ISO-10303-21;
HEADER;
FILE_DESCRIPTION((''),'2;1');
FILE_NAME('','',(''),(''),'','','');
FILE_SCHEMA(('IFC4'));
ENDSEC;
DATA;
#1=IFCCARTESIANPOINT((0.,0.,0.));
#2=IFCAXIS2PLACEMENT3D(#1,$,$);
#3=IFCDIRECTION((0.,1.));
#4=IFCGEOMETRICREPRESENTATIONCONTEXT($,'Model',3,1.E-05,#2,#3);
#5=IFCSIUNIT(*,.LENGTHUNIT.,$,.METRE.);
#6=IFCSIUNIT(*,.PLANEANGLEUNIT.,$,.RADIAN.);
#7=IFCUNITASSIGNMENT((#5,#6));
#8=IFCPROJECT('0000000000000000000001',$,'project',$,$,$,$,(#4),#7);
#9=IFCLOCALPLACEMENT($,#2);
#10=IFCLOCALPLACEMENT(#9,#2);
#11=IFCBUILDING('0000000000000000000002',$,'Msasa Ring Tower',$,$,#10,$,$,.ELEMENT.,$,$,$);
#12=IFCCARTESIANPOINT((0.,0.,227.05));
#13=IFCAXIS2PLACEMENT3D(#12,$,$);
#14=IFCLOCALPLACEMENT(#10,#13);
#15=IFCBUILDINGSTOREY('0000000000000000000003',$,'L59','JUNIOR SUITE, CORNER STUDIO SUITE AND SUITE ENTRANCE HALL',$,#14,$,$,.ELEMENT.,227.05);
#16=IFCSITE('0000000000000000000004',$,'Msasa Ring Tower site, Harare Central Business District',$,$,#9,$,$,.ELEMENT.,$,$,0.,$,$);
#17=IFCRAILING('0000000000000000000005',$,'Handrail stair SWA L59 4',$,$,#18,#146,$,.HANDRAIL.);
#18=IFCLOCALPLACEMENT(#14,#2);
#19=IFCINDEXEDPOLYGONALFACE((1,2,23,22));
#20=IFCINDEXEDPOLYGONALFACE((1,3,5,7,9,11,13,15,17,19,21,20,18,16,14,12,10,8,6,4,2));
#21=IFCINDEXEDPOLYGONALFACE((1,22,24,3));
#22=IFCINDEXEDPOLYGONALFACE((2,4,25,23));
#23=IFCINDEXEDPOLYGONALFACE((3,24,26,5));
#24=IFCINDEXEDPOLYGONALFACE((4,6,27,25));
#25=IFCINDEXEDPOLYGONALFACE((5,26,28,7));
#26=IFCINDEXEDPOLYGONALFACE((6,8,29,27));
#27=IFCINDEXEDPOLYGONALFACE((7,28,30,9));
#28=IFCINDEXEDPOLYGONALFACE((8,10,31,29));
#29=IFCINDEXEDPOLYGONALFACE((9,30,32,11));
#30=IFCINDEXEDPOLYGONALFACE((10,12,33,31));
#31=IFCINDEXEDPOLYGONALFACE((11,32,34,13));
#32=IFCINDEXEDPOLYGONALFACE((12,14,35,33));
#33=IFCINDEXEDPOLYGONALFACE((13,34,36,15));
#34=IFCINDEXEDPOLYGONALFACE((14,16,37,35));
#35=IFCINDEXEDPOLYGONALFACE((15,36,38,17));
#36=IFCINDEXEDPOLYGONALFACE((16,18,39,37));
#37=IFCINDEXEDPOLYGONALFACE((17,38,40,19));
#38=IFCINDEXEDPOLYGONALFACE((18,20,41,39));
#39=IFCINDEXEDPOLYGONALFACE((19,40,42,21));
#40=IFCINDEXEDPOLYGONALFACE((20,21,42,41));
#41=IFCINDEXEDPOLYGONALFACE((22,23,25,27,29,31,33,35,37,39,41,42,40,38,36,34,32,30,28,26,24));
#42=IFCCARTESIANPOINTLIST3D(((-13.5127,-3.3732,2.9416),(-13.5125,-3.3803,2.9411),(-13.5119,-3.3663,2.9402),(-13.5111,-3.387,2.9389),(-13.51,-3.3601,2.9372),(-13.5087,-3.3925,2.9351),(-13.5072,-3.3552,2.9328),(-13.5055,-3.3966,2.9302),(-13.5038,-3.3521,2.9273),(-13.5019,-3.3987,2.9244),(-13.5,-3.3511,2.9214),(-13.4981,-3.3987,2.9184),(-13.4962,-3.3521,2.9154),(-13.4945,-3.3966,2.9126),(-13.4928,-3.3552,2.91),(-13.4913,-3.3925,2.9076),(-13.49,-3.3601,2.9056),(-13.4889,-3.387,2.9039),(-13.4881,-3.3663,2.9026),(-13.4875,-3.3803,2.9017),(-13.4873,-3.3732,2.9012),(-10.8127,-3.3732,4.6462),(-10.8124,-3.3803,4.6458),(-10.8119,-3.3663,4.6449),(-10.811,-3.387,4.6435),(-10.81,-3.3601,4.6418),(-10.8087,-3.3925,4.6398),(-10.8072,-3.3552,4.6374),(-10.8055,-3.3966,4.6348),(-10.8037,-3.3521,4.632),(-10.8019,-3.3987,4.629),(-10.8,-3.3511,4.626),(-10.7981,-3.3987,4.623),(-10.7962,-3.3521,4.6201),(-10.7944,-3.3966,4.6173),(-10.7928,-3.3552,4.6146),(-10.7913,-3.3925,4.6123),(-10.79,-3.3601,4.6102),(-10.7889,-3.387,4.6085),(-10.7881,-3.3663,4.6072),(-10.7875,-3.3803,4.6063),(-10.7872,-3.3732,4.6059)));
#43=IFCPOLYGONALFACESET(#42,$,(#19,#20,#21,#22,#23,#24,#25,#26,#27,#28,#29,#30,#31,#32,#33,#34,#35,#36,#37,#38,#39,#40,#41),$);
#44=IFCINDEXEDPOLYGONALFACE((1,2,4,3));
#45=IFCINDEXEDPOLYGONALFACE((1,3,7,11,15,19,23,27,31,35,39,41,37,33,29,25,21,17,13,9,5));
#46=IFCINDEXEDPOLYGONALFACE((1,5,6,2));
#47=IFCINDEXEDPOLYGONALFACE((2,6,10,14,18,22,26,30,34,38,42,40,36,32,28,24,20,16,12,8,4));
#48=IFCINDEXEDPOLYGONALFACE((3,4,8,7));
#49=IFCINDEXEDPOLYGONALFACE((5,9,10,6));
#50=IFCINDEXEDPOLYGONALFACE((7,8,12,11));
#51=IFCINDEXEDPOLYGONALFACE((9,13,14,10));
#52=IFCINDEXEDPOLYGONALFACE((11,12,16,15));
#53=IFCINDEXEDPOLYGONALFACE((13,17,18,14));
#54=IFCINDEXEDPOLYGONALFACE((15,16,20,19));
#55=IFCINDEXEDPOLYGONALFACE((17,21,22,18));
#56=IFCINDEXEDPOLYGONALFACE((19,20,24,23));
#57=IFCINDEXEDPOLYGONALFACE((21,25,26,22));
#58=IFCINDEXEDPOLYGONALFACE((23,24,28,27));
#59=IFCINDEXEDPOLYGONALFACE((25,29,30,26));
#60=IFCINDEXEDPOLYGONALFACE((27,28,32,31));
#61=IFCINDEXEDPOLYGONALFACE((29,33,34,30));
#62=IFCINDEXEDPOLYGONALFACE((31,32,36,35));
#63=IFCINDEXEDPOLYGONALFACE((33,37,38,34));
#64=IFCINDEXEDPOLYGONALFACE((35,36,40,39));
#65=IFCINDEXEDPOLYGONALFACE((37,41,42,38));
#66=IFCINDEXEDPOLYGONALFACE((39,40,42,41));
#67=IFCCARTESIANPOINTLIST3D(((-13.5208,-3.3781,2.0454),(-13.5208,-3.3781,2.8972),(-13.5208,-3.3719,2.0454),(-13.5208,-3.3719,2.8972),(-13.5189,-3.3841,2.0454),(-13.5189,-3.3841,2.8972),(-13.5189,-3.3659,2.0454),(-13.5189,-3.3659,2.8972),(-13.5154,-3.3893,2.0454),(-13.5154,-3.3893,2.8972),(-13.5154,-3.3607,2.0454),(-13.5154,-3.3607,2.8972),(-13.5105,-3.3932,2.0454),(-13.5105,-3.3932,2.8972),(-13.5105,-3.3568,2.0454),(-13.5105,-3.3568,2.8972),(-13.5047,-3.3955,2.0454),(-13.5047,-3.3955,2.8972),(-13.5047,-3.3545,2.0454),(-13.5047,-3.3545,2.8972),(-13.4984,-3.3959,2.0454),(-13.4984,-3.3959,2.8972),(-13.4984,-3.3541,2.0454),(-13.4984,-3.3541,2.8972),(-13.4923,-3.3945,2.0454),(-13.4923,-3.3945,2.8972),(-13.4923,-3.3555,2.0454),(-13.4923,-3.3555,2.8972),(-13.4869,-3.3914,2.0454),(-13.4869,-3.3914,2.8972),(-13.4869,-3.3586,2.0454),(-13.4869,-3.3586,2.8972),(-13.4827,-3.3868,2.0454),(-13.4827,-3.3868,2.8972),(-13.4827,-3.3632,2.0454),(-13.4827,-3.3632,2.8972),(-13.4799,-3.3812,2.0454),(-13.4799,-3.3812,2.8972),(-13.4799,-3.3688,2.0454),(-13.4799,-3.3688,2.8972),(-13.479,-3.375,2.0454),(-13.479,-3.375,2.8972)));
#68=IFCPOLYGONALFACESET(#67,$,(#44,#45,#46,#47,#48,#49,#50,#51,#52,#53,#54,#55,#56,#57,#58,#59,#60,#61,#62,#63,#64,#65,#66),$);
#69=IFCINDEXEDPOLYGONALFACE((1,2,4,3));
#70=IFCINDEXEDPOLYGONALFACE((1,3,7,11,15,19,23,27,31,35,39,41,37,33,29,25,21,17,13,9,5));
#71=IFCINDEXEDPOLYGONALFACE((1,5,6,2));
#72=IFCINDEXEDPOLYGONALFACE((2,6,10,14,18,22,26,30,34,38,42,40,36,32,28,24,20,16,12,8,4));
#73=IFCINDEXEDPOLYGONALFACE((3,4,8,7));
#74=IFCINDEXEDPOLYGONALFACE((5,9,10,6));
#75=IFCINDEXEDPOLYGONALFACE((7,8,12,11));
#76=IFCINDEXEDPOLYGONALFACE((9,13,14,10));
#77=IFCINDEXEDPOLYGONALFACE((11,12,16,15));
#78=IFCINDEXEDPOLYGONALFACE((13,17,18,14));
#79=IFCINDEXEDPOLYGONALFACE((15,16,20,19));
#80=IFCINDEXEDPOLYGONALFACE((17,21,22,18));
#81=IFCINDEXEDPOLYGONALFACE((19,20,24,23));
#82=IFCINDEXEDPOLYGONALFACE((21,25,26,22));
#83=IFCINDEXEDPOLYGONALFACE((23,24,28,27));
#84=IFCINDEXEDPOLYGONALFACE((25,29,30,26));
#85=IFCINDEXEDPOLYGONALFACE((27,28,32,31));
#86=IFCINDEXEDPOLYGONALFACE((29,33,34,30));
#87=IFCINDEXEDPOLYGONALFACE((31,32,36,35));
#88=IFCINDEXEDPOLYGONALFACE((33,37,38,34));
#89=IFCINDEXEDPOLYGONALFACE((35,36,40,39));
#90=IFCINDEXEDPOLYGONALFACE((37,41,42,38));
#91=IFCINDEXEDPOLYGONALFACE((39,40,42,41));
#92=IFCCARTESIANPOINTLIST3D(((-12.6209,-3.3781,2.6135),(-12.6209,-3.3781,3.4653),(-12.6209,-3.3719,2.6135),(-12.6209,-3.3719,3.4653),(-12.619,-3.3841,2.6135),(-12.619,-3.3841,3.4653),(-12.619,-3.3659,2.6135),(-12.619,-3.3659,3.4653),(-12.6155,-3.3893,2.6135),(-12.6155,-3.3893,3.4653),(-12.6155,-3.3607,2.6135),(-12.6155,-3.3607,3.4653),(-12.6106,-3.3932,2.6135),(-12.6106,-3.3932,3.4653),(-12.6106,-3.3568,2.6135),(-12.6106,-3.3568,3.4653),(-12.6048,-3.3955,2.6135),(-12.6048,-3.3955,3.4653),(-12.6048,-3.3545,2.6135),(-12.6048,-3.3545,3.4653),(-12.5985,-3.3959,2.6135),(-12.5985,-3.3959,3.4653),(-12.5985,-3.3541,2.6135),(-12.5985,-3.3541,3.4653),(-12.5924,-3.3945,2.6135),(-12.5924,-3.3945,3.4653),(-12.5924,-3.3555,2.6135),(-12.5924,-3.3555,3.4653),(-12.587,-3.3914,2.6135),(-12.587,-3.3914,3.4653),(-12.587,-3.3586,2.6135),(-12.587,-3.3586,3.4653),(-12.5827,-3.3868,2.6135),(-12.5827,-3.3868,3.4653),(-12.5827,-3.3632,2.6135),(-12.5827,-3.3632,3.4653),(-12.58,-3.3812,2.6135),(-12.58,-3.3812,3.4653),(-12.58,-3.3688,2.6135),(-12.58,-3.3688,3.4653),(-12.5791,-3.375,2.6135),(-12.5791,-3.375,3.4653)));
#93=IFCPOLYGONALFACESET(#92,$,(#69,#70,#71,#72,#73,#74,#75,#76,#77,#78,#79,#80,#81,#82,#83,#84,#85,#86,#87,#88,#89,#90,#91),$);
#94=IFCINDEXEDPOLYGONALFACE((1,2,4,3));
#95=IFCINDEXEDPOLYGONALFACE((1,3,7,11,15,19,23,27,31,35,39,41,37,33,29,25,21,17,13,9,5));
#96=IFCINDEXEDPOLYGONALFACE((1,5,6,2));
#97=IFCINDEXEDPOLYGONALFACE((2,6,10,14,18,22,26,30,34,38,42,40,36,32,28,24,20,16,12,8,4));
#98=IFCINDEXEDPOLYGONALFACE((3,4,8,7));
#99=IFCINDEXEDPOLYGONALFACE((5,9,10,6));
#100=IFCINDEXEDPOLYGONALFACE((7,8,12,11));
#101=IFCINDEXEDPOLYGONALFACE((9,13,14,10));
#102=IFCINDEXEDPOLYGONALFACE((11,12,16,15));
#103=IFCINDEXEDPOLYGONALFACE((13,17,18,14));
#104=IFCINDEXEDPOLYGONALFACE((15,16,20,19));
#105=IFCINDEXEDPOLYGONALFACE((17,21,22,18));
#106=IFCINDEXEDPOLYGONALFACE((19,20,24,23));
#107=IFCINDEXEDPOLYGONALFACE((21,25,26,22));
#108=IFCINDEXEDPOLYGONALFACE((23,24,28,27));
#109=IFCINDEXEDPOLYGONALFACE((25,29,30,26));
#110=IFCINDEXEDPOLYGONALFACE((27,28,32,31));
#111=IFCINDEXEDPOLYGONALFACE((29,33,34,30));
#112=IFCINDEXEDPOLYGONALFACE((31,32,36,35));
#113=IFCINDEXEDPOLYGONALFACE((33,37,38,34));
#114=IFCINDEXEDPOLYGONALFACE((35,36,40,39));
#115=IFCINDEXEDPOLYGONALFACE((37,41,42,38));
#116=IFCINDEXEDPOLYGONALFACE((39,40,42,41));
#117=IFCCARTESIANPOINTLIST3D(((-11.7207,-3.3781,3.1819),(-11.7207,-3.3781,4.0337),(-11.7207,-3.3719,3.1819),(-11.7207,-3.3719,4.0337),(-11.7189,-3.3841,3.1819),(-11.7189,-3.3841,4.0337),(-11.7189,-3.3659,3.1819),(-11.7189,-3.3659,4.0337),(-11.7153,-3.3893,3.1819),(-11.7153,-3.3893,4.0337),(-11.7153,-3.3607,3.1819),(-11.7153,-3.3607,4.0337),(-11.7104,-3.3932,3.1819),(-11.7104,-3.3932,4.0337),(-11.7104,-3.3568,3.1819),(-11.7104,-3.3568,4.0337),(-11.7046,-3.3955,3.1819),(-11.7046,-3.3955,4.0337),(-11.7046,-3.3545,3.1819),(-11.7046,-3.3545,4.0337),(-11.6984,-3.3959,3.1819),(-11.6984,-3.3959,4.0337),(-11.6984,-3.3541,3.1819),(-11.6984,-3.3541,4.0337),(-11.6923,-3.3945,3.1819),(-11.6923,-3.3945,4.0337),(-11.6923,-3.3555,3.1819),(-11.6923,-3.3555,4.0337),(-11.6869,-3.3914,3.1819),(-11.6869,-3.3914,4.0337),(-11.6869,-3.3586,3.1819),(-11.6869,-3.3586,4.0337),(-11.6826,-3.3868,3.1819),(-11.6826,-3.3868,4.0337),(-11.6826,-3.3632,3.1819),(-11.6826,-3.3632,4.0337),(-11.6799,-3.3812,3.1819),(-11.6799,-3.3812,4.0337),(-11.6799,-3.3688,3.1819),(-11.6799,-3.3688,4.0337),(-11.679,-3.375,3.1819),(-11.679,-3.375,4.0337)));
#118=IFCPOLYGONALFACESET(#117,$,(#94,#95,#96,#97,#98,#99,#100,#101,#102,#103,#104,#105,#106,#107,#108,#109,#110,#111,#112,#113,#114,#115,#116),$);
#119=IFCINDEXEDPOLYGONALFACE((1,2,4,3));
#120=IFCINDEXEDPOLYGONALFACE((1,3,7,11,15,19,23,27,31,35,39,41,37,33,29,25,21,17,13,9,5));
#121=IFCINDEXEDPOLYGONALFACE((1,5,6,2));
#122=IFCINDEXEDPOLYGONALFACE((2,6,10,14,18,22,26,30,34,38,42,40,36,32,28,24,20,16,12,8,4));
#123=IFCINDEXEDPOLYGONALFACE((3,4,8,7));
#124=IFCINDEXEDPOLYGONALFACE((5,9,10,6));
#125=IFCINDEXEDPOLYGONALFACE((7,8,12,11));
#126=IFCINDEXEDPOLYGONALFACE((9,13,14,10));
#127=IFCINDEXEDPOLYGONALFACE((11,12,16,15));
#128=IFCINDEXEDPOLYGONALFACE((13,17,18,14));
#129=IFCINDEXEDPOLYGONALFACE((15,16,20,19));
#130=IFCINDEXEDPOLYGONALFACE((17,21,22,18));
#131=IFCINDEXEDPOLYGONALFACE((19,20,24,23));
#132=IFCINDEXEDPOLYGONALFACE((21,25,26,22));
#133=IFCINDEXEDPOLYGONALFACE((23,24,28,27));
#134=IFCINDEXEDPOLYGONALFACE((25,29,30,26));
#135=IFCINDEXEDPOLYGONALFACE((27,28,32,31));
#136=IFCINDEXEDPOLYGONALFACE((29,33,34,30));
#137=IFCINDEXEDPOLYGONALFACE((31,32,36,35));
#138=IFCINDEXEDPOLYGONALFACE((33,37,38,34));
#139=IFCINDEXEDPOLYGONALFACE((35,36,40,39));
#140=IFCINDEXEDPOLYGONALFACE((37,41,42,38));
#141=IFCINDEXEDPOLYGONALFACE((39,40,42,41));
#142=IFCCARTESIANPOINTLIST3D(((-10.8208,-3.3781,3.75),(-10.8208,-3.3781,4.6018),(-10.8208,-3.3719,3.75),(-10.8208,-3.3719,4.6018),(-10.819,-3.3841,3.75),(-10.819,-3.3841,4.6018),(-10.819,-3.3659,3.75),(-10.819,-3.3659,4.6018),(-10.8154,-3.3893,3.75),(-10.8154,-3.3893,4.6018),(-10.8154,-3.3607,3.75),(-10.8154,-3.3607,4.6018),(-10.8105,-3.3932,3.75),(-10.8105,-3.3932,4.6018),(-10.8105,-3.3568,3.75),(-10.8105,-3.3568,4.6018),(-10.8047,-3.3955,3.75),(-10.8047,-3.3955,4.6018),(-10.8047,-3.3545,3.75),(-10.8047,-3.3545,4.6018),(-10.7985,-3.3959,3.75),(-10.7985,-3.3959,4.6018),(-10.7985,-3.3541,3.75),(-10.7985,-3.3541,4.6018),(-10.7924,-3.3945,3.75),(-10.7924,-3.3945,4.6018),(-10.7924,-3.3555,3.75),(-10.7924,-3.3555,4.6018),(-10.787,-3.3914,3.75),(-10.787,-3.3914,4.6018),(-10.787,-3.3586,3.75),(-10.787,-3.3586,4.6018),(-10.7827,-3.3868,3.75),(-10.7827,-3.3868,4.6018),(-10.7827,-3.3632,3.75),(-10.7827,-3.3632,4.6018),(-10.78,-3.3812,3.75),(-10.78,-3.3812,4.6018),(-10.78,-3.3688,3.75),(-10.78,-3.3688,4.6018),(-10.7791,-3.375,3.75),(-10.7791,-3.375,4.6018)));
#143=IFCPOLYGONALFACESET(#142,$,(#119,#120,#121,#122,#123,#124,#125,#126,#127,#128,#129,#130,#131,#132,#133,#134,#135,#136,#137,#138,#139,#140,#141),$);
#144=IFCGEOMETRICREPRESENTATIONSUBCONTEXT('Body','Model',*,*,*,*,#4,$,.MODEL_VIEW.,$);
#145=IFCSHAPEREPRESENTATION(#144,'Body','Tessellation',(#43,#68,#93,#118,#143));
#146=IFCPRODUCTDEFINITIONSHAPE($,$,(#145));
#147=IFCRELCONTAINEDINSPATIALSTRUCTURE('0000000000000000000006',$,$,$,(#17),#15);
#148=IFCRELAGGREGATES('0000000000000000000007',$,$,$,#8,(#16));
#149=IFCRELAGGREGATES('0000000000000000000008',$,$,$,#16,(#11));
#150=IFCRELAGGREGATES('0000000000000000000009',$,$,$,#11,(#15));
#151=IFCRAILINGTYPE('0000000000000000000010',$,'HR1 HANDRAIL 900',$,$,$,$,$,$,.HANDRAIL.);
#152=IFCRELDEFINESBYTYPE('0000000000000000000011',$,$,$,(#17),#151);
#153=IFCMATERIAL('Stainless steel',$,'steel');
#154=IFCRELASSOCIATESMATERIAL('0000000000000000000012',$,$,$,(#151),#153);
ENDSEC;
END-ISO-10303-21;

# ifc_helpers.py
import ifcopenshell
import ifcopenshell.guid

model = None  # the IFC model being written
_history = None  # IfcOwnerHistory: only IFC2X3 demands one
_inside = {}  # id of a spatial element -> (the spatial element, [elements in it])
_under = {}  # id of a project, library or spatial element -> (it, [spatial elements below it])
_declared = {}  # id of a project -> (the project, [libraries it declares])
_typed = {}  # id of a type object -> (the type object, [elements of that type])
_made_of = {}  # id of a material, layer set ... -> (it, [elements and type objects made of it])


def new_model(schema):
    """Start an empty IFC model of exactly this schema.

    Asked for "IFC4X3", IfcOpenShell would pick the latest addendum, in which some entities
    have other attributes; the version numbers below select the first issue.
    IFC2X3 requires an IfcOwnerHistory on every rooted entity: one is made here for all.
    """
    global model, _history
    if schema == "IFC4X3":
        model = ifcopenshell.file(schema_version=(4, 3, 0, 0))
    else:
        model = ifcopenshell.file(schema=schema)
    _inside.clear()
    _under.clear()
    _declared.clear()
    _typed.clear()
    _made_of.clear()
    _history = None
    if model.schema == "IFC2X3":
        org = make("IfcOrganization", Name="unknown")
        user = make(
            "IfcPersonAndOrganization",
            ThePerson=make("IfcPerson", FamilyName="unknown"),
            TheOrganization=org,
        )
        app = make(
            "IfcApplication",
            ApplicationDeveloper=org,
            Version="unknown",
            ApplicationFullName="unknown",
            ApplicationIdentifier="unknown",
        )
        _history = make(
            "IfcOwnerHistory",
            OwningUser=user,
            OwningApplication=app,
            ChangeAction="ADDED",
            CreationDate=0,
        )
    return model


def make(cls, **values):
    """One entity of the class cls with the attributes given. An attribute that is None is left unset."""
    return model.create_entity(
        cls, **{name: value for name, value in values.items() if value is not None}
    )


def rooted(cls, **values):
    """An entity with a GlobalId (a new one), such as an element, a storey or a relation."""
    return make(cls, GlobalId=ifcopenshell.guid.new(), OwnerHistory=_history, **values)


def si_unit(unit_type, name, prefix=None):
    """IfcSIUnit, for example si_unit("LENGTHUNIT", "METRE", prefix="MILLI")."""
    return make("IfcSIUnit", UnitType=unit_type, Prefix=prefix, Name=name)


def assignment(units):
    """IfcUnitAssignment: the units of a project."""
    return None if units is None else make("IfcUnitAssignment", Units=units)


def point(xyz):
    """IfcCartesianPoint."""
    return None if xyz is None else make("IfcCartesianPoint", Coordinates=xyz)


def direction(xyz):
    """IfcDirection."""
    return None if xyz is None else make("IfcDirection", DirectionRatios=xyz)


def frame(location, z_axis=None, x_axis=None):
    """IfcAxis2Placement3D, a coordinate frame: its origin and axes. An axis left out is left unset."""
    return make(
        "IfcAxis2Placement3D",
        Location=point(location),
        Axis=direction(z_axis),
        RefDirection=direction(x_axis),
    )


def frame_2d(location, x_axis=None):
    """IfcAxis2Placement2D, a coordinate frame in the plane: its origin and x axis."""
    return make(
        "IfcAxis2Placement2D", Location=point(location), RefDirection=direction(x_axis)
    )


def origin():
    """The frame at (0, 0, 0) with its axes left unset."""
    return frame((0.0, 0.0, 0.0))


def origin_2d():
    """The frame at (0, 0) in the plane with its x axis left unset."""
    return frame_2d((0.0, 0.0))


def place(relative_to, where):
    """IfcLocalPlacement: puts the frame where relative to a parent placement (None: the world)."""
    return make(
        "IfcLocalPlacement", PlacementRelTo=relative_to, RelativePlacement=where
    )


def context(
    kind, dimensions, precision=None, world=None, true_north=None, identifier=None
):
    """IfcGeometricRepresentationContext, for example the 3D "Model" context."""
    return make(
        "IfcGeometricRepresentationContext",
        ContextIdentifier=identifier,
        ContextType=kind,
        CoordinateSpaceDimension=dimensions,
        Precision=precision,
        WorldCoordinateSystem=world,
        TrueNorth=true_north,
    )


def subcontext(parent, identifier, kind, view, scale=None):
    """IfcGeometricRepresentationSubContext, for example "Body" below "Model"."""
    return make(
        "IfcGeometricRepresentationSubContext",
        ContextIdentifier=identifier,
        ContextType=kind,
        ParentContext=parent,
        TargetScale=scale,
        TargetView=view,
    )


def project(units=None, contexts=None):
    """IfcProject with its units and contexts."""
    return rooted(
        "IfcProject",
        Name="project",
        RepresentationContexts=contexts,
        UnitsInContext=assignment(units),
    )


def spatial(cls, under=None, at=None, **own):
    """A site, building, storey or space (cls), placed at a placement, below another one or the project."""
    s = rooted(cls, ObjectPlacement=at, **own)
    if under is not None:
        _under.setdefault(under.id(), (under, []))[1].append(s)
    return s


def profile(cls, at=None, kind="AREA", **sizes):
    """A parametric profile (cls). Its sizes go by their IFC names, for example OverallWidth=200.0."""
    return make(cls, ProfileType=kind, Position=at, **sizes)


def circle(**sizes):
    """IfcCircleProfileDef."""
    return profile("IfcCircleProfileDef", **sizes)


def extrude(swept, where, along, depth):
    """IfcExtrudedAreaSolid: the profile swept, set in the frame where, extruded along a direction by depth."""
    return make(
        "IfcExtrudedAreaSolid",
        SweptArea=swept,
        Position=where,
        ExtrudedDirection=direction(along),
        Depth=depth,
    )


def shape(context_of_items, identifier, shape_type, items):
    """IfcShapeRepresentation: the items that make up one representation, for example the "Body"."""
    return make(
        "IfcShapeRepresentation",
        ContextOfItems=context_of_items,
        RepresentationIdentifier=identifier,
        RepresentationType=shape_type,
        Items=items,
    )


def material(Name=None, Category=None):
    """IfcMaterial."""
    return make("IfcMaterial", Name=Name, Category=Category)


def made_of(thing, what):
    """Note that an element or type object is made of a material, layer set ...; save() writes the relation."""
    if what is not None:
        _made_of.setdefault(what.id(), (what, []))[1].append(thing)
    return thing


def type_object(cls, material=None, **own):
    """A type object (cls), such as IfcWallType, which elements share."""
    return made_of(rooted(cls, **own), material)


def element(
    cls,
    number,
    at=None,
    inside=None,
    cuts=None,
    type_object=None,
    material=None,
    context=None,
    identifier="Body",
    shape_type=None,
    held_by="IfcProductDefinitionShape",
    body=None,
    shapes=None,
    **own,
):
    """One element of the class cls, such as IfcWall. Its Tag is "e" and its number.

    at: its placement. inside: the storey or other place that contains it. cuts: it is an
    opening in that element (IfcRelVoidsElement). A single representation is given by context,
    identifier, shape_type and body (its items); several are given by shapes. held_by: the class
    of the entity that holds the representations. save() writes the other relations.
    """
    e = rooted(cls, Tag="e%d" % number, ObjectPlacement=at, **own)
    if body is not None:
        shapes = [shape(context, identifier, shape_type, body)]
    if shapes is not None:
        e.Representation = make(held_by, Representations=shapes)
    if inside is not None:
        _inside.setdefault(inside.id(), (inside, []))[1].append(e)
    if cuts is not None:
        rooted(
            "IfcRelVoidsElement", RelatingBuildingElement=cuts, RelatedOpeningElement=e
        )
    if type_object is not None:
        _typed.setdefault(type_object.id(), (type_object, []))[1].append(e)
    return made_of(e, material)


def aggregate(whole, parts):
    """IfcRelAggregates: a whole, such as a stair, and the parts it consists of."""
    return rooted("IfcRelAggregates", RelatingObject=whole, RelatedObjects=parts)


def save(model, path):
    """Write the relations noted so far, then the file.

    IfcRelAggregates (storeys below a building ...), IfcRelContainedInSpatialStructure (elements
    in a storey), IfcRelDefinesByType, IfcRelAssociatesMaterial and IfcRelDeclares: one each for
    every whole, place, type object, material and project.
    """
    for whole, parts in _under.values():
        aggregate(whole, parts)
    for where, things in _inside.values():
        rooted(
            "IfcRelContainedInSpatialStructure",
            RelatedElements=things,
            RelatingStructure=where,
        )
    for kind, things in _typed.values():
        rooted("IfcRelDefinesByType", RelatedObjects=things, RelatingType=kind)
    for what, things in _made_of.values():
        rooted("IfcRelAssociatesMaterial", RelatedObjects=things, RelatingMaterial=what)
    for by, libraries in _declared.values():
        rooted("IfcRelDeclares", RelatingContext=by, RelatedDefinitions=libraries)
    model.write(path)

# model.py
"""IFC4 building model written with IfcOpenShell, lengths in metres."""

from ifc_helpers import new_model, si_unit, direction, frame, origin, origin_2d, place, context, subcontext, project, spatial, circle, extrude, material, type_object, element, save


model = new_model("IFC4")

# Units and contexts
model_context = context("Model", 3, precision=1e-05, world=origin(), true_north=direction((0.0, 1.0)))
body_context = subcontext(model_context, "Body", "Model", "MODEL_VIEW")
ifc_project = project(units=[si_unit("LENGTHUNIT", "METRE"), si_unit("PLANEANGLEUNIT", "RADIAN")], contexts=[model_context])

# Site, building, storey
site_placement = place(None, origin())
site = spatial("IfcSite", under=ifc_project, at=site_placement, Name="Msasa Ring Tower site, Harare Central Business District", CompositionType="ELEMENT", RefElevation=0.0)
building_placement = place(site_placement, origin())
building = spatial("IfcBuilding", under=site, at=building_placement, Name="Msasa Ring Tower", CompositionType="ELEMENT")
storey_placement = place(building_placement, frame((0.0, 0.0, 227.05)))
storey = spatial("IfcBuildingStorey", under=building, at=storey_placement, Name="L59", Description="JUNIOR SUITE, CORNER STUDIO SUITE AND SUITE ENTRANCE HALL", CompositionType="ELEMENT", Elevation=227.05)

# Railing
ifc_material_1 = material(Name="Stainless steel", Category="steel")
railing_type = type_object("IfcRailingType", Name="HR1 HANDRAIL 900", PredefinedType="HANDRAIL", material=ifc_material_1)
for number, where, name in (
    (1, (-13.5, -3.375, 2.0454), "Handrail stair SWA L59 4"),
):
    element("IfcRailing", number, at=place(storey_placement, frame(where)), inside=storey, type_object=railing_type, Name=name, PredefinedType="HANDRAIL", context=body_context, shape_type="SweptSolid", body=[
        extrude(circle(Radius=0.0239, at=origin_2d()), frame((0.0, 0.0, 0.876), z_axis=(0.84558, 0.0, 0.533849), x_axis=(0.0, 1.0, 0.0)), (0.0, 0.0, 1.0), 3.1931),
        extrude(circle(Radius=0.021, at=origin_2d()), origin(), (0.0, 0.0, 1.0), 0.8518),
        extrude(circle(Radius=0.021, at=origin_2d()), frame((0.8999, 0.0, 0.5681)), (0.0, 0.0, 1.0), 0.8518),
        extrude(circle(Radius=0.021, at=origin_2d()), frame((1.8, 0.0, 1.1365)), (0.0, 0.0, 1.0), 0.8518),
        extrude(circle(Radius=0.021, at=origin_2d()), frame((2.7, 0.0, 1.7046)), (0.0, 0.0, 1.0), 0.8518),
    ])

save(model, "model.ifc")
